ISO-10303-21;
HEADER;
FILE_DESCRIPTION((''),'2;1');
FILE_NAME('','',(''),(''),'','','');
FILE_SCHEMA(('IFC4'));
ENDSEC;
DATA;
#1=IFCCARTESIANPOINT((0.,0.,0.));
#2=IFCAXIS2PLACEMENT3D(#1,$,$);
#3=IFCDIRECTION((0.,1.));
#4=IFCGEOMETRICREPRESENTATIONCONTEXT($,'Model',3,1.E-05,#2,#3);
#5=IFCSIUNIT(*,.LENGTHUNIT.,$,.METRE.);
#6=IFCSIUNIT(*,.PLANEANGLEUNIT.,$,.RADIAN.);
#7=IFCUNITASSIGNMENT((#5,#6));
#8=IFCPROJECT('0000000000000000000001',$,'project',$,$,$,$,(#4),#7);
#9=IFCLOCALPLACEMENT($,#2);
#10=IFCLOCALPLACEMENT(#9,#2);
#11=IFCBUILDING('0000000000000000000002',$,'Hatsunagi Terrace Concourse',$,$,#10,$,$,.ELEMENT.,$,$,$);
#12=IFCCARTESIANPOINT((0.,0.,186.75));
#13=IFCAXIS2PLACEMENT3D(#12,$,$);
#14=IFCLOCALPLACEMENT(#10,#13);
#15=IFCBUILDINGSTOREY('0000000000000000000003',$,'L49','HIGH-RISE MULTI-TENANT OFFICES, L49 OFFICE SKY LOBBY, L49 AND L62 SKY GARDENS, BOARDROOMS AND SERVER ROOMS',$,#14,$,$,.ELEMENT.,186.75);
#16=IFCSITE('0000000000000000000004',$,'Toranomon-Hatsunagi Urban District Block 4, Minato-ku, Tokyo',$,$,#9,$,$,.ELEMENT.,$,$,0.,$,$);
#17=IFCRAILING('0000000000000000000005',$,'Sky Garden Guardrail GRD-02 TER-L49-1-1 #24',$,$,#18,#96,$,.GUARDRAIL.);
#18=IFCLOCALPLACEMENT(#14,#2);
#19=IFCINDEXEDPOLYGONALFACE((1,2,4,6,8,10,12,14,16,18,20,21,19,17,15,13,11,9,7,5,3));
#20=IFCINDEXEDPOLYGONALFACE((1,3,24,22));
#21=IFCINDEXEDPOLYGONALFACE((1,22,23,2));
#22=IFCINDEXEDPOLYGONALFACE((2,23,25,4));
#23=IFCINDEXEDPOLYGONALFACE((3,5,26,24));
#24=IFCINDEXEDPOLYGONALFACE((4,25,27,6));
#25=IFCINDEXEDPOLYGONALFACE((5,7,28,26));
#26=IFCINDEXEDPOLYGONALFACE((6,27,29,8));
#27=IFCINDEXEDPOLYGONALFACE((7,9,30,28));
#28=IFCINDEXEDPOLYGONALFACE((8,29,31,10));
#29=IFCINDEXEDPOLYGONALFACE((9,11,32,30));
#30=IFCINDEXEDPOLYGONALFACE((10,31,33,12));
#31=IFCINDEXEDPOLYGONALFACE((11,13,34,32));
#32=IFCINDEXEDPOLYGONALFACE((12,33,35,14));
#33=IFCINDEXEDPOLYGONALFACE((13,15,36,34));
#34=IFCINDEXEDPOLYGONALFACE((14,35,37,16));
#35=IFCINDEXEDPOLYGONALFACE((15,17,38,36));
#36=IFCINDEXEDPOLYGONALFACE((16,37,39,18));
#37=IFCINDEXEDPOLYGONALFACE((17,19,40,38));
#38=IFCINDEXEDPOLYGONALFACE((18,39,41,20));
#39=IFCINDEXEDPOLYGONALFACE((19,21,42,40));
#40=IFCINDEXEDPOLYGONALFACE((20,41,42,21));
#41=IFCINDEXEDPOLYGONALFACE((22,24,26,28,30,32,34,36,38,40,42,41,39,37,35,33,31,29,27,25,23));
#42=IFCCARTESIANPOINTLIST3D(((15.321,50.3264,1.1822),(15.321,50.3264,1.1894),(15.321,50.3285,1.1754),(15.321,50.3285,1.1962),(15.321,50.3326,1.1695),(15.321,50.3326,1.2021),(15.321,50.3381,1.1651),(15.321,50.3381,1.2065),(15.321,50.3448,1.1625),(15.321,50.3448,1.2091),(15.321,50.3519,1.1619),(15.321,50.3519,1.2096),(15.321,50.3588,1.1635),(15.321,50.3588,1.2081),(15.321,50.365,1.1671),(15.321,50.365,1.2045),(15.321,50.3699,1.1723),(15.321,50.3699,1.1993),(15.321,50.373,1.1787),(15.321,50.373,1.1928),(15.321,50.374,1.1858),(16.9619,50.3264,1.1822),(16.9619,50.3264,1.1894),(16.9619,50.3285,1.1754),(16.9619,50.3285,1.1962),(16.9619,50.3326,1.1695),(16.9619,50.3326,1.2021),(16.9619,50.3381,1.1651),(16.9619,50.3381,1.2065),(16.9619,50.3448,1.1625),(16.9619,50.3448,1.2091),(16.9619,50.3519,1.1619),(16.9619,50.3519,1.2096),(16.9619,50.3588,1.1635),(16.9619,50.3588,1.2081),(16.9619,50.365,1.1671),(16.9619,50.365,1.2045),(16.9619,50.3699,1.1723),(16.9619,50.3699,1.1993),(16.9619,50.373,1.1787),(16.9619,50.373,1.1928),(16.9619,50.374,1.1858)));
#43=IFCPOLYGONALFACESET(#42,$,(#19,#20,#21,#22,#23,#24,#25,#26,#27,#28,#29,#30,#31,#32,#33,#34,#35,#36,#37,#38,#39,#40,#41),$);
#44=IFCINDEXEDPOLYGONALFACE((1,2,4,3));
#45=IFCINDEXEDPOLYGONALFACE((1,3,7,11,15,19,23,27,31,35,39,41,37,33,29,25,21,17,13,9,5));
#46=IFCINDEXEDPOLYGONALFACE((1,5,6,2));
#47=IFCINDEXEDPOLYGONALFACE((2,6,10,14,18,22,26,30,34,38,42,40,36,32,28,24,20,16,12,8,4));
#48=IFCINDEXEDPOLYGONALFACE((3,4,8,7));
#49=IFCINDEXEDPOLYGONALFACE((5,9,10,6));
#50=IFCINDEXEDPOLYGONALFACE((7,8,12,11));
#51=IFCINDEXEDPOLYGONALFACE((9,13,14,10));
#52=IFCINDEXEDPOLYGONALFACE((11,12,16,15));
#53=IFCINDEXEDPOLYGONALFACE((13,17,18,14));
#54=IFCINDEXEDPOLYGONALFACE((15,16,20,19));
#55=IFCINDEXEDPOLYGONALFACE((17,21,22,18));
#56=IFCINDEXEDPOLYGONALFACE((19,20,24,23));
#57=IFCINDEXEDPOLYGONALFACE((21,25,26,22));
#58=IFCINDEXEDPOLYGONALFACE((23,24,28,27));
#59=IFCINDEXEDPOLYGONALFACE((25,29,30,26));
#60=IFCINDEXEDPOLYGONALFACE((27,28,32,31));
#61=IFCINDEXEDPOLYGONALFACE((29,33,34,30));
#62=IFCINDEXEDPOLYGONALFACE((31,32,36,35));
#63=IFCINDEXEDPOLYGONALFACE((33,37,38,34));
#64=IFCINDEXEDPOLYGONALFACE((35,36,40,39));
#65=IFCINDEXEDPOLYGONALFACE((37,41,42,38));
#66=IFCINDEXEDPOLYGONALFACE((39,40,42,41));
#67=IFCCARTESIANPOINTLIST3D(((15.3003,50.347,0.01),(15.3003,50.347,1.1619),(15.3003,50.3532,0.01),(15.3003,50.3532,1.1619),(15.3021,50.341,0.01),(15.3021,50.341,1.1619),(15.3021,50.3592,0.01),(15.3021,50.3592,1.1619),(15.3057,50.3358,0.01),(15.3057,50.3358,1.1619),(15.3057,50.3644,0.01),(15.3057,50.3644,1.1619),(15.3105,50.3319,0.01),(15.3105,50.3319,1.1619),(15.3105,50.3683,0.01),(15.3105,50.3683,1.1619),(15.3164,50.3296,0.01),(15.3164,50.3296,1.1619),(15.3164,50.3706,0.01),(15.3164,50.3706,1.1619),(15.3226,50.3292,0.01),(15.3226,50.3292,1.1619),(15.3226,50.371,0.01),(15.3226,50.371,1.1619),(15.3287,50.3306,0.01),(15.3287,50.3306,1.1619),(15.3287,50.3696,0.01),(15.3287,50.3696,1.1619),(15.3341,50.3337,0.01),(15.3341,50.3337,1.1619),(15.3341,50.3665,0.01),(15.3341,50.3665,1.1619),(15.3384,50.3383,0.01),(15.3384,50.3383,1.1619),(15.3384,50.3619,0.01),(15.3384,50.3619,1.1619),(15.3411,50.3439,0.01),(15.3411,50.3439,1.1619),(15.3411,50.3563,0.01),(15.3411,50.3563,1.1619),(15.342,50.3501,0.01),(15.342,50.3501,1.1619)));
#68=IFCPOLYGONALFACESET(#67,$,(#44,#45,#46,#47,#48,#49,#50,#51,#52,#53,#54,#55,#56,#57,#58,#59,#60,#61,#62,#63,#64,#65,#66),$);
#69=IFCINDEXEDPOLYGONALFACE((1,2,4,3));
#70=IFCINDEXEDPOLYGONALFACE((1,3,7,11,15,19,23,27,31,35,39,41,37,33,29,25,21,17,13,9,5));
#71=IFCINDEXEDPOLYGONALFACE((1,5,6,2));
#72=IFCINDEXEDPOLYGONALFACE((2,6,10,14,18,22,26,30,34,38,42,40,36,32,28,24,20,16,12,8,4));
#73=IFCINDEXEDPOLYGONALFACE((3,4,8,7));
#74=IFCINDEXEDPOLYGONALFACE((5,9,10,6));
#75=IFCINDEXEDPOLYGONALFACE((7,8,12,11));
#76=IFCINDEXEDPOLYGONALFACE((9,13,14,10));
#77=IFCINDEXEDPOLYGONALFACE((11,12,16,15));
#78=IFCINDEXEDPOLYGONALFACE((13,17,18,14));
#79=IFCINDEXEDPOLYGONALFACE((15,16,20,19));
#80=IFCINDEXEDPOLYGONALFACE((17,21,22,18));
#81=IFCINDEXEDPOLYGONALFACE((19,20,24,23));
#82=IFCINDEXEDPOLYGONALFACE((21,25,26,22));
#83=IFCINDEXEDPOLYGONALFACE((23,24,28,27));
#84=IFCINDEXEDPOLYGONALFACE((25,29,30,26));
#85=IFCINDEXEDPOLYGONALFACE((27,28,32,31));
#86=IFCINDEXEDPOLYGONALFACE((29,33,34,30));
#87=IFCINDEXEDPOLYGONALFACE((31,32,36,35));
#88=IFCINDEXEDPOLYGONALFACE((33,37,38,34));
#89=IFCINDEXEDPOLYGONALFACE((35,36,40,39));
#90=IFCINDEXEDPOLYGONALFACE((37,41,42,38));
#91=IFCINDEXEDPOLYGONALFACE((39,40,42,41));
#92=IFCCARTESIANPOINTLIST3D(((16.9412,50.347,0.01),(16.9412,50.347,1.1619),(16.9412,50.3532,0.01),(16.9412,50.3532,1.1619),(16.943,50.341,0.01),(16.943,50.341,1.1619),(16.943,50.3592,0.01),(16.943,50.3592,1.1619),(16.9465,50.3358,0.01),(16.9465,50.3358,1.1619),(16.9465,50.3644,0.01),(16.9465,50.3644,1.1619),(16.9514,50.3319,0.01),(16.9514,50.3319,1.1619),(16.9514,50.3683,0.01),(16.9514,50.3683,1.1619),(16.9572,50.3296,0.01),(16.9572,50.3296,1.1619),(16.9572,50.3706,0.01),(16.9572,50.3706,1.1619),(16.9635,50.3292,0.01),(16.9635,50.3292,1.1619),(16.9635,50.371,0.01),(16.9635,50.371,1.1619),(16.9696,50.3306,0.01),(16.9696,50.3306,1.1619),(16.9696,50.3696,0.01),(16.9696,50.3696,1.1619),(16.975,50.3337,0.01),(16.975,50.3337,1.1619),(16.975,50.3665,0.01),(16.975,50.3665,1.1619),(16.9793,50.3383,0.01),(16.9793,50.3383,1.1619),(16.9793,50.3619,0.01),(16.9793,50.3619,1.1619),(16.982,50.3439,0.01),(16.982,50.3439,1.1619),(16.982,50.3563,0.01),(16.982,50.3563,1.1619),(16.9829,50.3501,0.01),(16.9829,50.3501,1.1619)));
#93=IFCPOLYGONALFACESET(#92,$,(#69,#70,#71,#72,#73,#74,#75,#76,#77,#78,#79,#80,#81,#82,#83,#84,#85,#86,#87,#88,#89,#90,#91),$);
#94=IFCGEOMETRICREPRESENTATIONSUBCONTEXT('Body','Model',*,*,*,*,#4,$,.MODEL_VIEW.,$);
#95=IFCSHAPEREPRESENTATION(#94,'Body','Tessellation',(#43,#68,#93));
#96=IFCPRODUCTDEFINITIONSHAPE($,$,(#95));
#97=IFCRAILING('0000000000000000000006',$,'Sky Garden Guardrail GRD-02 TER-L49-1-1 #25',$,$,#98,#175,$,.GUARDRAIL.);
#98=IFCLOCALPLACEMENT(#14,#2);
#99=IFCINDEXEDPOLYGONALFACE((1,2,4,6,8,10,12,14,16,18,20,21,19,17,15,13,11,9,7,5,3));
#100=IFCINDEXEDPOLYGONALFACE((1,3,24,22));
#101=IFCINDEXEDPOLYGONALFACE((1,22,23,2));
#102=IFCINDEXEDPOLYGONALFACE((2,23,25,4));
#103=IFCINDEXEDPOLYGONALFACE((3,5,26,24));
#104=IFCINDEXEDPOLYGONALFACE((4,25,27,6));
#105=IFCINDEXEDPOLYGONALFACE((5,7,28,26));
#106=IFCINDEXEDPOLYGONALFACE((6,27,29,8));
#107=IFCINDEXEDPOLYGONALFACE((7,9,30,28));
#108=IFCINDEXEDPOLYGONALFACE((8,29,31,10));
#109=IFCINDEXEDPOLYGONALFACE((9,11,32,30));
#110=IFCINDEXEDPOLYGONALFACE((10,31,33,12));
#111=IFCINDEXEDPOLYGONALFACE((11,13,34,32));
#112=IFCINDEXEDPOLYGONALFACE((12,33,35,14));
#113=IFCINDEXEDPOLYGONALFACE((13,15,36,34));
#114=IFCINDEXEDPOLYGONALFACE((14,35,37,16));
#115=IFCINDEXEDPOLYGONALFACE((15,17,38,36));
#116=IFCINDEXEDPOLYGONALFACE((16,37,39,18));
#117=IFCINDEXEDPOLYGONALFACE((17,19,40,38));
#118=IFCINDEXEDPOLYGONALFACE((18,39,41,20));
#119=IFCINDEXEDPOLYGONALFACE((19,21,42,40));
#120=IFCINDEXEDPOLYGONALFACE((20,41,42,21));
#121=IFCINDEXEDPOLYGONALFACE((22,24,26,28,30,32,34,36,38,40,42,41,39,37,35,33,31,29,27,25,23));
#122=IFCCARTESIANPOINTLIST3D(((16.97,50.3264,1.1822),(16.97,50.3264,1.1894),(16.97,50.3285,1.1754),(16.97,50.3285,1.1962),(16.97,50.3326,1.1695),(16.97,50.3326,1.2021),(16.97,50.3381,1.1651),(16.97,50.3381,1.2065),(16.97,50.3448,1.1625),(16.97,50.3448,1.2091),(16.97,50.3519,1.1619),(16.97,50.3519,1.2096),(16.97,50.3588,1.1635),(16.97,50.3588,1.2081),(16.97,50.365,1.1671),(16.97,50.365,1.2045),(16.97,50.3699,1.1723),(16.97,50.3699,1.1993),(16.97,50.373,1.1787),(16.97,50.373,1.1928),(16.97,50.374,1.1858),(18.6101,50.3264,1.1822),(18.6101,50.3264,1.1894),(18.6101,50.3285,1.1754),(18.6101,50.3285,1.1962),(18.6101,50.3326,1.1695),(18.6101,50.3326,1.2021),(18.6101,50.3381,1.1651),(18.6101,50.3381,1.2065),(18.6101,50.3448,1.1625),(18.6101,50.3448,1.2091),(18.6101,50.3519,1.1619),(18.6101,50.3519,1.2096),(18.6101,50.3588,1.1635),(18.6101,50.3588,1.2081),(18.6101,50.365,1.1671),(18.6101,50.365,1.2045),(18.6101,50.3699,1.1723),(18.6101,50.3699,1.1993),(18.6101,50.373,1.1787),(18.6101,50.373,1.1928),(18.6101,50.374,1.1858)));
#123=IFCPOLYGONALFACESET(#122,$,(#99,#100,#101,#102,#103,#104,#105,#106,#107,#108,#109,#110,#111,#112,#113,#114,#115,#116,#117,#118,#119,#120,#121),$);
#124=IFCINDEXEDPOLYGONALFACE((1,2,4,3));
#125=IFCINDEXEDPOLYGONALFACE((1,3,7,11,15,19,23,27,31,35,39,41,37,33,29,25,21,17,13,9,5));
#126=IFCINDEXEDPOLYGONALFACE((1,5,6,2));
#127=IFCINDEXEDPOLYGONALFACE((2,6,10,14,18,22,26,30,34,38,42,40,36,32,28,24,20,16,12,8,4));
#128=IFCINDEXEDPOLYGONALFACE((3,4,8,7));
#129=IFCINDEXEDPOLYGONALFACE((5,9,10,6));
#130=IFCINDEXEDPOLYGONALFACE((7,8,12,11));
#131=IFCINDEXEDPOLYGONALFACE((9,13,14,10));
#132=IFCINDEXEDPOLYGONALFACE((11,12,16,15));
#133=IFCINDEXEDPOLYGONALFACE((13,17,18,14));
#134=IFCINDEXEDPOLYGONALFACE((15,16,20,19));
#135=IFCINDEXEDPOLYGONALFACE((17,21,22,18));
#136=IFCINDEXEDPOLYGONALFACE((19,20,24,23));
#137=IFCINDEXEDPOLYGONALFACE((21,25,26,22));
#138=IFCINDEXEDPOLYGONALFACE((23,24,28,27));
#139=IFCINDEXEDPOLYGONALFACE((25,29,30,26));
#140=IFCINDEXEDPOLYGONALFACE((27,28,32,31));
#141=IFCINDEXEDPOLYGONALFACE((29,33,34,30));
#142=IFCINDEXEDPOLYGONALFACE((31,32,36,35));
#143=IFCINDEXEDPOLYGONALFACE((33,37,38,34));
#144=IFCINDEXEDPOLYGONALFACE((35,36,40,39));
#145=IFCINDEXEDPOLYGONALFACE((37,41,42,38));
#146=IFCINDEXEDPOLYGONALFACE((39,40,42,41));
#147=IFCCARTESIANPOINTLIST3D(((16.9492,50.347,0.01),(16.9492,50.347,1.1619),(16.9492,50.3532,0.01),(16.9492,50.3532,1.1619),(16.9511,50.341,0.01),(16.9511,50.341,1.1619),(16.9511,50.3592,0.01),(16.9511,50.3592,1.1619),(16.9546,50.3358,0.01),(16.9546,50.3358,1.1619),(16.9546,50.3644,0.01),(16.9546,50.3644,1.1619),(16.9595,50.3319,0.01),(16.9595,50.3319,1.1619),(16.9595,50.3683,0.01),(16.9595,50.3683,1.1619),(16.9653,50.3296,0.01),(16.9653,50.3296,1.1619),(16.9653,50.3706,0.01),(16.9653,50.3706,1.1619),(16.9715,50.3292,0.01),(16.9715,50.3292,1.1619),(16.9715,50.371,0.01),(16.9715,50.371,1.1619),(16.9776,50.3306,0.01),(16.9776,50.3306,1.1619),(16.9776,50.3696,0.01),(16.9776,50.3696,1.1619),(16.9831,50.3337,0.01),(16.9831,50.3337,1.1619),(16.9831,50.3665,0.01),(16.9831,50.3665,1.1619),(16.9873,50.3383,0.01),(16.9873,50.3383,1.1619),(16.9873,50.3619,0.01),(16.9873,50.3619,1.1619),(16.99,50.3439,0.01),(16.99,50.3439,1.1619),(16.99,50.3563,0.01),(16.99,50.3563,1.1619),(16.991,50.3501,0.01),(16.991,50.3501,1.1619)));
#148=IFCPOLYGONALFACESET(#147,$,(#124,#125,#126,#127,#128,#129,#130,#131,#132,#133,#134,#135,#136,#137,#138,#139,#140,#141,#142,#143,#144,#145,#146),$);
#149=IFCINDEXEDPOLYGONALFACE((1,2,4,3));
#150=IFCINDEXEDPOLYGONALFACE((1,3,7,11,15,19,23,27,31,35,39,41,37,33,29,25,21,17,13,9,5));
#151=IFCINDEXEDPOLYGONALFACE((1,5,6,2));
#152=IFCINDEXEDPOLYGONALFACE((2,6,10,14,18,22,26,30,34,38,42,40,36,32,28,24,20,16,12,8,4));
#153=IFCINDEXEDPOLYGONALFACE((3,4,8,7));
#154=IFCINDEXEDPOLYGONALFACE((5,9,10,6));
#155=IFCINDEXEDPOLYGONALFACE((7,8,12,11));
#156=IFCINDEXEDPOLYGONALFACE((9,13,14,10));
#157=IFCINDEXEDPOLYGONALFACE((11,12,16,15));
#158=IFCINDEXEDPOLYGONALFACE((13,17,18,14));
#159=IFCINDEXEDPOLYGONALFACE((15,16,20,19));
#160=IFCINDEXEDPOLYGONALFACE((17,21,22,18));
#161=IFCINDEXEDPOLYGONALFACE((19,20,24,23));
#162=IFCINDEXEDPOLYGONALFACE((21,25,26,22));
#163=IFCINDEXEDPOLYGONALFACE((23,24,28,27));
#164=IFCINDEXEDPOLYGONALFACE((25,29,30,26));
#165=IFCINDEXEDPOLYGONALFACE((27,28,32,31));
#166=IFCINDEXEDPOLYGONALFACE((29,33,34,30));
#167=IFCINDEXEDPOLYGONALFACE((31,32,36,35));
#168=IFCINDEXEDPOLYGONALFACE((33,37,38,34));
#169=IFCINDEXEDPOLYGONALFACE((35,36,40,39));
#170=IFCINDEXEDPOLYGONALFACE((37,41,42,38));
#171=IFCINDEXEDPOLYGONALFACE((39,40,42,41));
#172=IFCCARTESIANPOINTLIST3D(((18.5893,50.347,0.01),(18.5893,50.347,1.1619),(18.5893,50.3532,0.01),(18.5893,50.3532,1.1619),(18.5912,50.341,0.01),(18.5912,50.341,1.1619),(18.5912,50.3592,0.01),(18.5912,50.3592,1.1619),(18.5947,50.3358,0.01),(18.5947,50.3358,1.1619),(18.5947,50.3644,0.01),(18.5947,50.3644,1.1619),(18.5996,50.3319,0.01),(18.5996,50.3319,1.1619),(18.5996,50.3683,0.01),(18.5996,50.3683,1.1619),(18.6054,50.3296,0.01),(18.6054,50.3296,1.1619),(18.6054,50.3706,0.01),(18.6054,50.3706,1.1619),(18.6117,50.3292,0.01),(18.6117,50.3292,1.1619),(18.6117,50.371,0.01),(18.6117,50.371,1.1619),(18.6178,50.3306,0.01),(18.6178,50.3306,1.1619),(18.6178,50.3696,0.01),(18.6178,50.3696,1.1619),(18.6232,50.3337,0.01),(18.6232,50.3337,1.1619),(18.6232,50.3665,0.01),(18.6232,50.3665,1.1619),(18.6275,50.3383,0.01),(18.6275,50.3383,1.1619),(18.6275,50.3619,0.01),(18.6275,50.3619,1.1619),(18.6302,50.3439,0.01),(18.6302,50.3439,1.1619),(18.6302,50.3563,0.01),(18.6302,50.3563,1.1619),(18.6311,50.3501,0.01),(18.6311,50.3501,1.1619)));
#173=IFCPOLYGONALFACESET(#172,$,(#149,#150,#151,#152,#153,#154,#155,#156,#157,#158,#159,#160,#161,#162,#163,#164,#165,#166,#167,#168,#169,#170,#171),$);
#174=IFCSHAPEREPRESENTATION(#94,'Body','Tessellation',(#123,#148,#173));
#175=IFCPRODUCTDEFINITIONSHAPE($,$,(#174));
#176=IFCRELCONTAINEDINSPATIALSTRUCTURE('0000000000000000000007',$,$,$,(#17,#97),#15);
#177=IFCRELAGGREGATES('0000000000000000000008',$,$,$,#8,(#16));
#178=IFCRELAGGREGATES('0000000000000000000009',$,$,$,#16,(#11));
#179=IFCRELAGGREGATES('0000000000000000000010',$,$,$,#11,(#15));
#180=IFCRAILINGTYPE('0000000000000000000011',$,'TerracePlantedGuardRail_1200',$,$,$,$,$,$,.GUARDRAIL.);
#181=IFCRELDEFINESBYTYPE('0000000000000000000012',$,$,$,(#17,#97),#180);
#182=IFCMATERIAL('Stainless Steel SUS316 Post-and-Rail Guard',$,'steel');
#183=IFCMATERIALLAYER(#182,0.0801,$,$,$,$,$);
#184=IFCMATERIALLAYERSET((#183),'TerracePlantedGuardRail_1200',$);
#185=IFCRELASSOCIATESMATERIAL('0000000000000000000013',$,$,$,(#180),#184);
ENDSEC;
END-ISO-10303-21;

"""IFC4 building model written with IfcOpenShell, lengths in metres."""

from ifc_helpers import new_model, si_unit, direction, frame, origin, origin_2d, place, context, subcontext, project, spatial, circle, extrude, material, layer, layer_set, type_object, element, save


model = new_model("IFC4")

# Units and contexts
model_context = context("Model", 3, precision=1e-05, world=origin(), true_north=direction((0.0, 1.0)))
body_context = subcontext(model_context, "Body", "Model", "MODEL_VIEW")
ifc_project = project(units=[si_unit("LENGTHUNIT", "METRE"), si_unit("PLANEANGLEUNIT", "RADIAN")], contexts=[model_context])

# Site, building, storey
site_placement = place(None, origin())
site = spatial("IfcSite", under=ifc_project, at=site_placement, Name="Toranomon-Hatsunagi Urban District Block 4, Minato-ku, Tokyo", CompositionType="ELEMENT", RefElevation=0.0)
building_placement = place(site_placement, origin())
building = spatial("IfcBuilding", under=site, at=building_placement, Name="Hatsunagi Terrace Concourse", CompositionType="ELEMENT")
storey_placement = place(building_placement, frame((0.0, 0.0, 186.75)))
storey = spatial("IfcBuildingStorey", under=building, at=storey_placement, Name="L49", Description="HIGH-RISE MULTI-TENANT OFFICES, L49 OFFICE SKY LOBBY, L49 AND L62 SKY GARDENS, BOARDROOMS AND SERVER ROOMS", CompositionType="ELEMENT", Elevation=186.75)

# Railings
ifc_material_1 = material(Name="Stainless Steel SUS316 Post-and-Rail Guard", Category="steel")
ifc_layer_1 = layer(ifc_material_1, 0.0801)
ifc_layer_set_1 = layer_set([ifc_layer_1], Name="TerracePlantedGuardRail_1200")
railing_type = type_object("IfcRailingType", Name="TerracePlantedGuardRail_1200", PredefinedType="GUARDRAIL", material=ifc_layer_set_1)
railing_1_placement = place(storey_placement, frame((15.321, 50.3501, 0.01)))
element("IfcRailing", 1, at=railing_1_placement, inside=storey, type_object=railing_type, Name="Sky Garden Guardrail GRD-02 TER-L49-1-1 #24", PredefinedType="GUARDRAIL", context=body_context, shape_type="SweptSolid", body=[
    extrude(circle(Radius=0.0239, at=origin_2d()), frame((0.0, 0.0, 1.1758), z_axis=(1.0, 0.0, 0.0), x_axis=(0.0, 1.0, 0.0)), (0.0, 0.0, 1.0), 1.6409),
    extrude(circle(Radius=0.021, at=origin_2d()), origin(), (0.0, 0.0, 1.0), 1.1519),
    extrude(circle(Radius=0.021, at=origin_2d()), frame((1.6409, 0.0, 0.0)), (0.0, 0.0, 1.0), 1.1519),
])
railing_2_placement = place(storey_placement, frame((16.97, 50.3501, 0.01)))
element("IfcRailing", 2, at=railing_2_placement, inside=storey, type_object=railing_type, Name="Sky Garden Guardrail GRD-02 TER-L49-1-1 #25", PredefinedType="GUARDRAIL", context=body_context, shape_type="SweptSolid", body=[
    extrude(circle(Radius=0.0239, at=origin_2d()), frame((0.0, 0.0, 1.1758), z_axis=(1.0, 0.0, 0.0), x_axis=(0.0, 1.0, 0.0)), (0.0, 0.0, 1.0), 1.6401),
    extrude(circle(Radius=0.021, at=origin_2d()), origin(), (0.0, 0.0, 1.0), 1.1519),
    extrude(circle(Radius=0.021, at=origin_2d()), frame((1.6401, 0.0, 0.0)), (0.0, 0.0, 1.0), 1.1519),
])

save(model, "model.ifc")
